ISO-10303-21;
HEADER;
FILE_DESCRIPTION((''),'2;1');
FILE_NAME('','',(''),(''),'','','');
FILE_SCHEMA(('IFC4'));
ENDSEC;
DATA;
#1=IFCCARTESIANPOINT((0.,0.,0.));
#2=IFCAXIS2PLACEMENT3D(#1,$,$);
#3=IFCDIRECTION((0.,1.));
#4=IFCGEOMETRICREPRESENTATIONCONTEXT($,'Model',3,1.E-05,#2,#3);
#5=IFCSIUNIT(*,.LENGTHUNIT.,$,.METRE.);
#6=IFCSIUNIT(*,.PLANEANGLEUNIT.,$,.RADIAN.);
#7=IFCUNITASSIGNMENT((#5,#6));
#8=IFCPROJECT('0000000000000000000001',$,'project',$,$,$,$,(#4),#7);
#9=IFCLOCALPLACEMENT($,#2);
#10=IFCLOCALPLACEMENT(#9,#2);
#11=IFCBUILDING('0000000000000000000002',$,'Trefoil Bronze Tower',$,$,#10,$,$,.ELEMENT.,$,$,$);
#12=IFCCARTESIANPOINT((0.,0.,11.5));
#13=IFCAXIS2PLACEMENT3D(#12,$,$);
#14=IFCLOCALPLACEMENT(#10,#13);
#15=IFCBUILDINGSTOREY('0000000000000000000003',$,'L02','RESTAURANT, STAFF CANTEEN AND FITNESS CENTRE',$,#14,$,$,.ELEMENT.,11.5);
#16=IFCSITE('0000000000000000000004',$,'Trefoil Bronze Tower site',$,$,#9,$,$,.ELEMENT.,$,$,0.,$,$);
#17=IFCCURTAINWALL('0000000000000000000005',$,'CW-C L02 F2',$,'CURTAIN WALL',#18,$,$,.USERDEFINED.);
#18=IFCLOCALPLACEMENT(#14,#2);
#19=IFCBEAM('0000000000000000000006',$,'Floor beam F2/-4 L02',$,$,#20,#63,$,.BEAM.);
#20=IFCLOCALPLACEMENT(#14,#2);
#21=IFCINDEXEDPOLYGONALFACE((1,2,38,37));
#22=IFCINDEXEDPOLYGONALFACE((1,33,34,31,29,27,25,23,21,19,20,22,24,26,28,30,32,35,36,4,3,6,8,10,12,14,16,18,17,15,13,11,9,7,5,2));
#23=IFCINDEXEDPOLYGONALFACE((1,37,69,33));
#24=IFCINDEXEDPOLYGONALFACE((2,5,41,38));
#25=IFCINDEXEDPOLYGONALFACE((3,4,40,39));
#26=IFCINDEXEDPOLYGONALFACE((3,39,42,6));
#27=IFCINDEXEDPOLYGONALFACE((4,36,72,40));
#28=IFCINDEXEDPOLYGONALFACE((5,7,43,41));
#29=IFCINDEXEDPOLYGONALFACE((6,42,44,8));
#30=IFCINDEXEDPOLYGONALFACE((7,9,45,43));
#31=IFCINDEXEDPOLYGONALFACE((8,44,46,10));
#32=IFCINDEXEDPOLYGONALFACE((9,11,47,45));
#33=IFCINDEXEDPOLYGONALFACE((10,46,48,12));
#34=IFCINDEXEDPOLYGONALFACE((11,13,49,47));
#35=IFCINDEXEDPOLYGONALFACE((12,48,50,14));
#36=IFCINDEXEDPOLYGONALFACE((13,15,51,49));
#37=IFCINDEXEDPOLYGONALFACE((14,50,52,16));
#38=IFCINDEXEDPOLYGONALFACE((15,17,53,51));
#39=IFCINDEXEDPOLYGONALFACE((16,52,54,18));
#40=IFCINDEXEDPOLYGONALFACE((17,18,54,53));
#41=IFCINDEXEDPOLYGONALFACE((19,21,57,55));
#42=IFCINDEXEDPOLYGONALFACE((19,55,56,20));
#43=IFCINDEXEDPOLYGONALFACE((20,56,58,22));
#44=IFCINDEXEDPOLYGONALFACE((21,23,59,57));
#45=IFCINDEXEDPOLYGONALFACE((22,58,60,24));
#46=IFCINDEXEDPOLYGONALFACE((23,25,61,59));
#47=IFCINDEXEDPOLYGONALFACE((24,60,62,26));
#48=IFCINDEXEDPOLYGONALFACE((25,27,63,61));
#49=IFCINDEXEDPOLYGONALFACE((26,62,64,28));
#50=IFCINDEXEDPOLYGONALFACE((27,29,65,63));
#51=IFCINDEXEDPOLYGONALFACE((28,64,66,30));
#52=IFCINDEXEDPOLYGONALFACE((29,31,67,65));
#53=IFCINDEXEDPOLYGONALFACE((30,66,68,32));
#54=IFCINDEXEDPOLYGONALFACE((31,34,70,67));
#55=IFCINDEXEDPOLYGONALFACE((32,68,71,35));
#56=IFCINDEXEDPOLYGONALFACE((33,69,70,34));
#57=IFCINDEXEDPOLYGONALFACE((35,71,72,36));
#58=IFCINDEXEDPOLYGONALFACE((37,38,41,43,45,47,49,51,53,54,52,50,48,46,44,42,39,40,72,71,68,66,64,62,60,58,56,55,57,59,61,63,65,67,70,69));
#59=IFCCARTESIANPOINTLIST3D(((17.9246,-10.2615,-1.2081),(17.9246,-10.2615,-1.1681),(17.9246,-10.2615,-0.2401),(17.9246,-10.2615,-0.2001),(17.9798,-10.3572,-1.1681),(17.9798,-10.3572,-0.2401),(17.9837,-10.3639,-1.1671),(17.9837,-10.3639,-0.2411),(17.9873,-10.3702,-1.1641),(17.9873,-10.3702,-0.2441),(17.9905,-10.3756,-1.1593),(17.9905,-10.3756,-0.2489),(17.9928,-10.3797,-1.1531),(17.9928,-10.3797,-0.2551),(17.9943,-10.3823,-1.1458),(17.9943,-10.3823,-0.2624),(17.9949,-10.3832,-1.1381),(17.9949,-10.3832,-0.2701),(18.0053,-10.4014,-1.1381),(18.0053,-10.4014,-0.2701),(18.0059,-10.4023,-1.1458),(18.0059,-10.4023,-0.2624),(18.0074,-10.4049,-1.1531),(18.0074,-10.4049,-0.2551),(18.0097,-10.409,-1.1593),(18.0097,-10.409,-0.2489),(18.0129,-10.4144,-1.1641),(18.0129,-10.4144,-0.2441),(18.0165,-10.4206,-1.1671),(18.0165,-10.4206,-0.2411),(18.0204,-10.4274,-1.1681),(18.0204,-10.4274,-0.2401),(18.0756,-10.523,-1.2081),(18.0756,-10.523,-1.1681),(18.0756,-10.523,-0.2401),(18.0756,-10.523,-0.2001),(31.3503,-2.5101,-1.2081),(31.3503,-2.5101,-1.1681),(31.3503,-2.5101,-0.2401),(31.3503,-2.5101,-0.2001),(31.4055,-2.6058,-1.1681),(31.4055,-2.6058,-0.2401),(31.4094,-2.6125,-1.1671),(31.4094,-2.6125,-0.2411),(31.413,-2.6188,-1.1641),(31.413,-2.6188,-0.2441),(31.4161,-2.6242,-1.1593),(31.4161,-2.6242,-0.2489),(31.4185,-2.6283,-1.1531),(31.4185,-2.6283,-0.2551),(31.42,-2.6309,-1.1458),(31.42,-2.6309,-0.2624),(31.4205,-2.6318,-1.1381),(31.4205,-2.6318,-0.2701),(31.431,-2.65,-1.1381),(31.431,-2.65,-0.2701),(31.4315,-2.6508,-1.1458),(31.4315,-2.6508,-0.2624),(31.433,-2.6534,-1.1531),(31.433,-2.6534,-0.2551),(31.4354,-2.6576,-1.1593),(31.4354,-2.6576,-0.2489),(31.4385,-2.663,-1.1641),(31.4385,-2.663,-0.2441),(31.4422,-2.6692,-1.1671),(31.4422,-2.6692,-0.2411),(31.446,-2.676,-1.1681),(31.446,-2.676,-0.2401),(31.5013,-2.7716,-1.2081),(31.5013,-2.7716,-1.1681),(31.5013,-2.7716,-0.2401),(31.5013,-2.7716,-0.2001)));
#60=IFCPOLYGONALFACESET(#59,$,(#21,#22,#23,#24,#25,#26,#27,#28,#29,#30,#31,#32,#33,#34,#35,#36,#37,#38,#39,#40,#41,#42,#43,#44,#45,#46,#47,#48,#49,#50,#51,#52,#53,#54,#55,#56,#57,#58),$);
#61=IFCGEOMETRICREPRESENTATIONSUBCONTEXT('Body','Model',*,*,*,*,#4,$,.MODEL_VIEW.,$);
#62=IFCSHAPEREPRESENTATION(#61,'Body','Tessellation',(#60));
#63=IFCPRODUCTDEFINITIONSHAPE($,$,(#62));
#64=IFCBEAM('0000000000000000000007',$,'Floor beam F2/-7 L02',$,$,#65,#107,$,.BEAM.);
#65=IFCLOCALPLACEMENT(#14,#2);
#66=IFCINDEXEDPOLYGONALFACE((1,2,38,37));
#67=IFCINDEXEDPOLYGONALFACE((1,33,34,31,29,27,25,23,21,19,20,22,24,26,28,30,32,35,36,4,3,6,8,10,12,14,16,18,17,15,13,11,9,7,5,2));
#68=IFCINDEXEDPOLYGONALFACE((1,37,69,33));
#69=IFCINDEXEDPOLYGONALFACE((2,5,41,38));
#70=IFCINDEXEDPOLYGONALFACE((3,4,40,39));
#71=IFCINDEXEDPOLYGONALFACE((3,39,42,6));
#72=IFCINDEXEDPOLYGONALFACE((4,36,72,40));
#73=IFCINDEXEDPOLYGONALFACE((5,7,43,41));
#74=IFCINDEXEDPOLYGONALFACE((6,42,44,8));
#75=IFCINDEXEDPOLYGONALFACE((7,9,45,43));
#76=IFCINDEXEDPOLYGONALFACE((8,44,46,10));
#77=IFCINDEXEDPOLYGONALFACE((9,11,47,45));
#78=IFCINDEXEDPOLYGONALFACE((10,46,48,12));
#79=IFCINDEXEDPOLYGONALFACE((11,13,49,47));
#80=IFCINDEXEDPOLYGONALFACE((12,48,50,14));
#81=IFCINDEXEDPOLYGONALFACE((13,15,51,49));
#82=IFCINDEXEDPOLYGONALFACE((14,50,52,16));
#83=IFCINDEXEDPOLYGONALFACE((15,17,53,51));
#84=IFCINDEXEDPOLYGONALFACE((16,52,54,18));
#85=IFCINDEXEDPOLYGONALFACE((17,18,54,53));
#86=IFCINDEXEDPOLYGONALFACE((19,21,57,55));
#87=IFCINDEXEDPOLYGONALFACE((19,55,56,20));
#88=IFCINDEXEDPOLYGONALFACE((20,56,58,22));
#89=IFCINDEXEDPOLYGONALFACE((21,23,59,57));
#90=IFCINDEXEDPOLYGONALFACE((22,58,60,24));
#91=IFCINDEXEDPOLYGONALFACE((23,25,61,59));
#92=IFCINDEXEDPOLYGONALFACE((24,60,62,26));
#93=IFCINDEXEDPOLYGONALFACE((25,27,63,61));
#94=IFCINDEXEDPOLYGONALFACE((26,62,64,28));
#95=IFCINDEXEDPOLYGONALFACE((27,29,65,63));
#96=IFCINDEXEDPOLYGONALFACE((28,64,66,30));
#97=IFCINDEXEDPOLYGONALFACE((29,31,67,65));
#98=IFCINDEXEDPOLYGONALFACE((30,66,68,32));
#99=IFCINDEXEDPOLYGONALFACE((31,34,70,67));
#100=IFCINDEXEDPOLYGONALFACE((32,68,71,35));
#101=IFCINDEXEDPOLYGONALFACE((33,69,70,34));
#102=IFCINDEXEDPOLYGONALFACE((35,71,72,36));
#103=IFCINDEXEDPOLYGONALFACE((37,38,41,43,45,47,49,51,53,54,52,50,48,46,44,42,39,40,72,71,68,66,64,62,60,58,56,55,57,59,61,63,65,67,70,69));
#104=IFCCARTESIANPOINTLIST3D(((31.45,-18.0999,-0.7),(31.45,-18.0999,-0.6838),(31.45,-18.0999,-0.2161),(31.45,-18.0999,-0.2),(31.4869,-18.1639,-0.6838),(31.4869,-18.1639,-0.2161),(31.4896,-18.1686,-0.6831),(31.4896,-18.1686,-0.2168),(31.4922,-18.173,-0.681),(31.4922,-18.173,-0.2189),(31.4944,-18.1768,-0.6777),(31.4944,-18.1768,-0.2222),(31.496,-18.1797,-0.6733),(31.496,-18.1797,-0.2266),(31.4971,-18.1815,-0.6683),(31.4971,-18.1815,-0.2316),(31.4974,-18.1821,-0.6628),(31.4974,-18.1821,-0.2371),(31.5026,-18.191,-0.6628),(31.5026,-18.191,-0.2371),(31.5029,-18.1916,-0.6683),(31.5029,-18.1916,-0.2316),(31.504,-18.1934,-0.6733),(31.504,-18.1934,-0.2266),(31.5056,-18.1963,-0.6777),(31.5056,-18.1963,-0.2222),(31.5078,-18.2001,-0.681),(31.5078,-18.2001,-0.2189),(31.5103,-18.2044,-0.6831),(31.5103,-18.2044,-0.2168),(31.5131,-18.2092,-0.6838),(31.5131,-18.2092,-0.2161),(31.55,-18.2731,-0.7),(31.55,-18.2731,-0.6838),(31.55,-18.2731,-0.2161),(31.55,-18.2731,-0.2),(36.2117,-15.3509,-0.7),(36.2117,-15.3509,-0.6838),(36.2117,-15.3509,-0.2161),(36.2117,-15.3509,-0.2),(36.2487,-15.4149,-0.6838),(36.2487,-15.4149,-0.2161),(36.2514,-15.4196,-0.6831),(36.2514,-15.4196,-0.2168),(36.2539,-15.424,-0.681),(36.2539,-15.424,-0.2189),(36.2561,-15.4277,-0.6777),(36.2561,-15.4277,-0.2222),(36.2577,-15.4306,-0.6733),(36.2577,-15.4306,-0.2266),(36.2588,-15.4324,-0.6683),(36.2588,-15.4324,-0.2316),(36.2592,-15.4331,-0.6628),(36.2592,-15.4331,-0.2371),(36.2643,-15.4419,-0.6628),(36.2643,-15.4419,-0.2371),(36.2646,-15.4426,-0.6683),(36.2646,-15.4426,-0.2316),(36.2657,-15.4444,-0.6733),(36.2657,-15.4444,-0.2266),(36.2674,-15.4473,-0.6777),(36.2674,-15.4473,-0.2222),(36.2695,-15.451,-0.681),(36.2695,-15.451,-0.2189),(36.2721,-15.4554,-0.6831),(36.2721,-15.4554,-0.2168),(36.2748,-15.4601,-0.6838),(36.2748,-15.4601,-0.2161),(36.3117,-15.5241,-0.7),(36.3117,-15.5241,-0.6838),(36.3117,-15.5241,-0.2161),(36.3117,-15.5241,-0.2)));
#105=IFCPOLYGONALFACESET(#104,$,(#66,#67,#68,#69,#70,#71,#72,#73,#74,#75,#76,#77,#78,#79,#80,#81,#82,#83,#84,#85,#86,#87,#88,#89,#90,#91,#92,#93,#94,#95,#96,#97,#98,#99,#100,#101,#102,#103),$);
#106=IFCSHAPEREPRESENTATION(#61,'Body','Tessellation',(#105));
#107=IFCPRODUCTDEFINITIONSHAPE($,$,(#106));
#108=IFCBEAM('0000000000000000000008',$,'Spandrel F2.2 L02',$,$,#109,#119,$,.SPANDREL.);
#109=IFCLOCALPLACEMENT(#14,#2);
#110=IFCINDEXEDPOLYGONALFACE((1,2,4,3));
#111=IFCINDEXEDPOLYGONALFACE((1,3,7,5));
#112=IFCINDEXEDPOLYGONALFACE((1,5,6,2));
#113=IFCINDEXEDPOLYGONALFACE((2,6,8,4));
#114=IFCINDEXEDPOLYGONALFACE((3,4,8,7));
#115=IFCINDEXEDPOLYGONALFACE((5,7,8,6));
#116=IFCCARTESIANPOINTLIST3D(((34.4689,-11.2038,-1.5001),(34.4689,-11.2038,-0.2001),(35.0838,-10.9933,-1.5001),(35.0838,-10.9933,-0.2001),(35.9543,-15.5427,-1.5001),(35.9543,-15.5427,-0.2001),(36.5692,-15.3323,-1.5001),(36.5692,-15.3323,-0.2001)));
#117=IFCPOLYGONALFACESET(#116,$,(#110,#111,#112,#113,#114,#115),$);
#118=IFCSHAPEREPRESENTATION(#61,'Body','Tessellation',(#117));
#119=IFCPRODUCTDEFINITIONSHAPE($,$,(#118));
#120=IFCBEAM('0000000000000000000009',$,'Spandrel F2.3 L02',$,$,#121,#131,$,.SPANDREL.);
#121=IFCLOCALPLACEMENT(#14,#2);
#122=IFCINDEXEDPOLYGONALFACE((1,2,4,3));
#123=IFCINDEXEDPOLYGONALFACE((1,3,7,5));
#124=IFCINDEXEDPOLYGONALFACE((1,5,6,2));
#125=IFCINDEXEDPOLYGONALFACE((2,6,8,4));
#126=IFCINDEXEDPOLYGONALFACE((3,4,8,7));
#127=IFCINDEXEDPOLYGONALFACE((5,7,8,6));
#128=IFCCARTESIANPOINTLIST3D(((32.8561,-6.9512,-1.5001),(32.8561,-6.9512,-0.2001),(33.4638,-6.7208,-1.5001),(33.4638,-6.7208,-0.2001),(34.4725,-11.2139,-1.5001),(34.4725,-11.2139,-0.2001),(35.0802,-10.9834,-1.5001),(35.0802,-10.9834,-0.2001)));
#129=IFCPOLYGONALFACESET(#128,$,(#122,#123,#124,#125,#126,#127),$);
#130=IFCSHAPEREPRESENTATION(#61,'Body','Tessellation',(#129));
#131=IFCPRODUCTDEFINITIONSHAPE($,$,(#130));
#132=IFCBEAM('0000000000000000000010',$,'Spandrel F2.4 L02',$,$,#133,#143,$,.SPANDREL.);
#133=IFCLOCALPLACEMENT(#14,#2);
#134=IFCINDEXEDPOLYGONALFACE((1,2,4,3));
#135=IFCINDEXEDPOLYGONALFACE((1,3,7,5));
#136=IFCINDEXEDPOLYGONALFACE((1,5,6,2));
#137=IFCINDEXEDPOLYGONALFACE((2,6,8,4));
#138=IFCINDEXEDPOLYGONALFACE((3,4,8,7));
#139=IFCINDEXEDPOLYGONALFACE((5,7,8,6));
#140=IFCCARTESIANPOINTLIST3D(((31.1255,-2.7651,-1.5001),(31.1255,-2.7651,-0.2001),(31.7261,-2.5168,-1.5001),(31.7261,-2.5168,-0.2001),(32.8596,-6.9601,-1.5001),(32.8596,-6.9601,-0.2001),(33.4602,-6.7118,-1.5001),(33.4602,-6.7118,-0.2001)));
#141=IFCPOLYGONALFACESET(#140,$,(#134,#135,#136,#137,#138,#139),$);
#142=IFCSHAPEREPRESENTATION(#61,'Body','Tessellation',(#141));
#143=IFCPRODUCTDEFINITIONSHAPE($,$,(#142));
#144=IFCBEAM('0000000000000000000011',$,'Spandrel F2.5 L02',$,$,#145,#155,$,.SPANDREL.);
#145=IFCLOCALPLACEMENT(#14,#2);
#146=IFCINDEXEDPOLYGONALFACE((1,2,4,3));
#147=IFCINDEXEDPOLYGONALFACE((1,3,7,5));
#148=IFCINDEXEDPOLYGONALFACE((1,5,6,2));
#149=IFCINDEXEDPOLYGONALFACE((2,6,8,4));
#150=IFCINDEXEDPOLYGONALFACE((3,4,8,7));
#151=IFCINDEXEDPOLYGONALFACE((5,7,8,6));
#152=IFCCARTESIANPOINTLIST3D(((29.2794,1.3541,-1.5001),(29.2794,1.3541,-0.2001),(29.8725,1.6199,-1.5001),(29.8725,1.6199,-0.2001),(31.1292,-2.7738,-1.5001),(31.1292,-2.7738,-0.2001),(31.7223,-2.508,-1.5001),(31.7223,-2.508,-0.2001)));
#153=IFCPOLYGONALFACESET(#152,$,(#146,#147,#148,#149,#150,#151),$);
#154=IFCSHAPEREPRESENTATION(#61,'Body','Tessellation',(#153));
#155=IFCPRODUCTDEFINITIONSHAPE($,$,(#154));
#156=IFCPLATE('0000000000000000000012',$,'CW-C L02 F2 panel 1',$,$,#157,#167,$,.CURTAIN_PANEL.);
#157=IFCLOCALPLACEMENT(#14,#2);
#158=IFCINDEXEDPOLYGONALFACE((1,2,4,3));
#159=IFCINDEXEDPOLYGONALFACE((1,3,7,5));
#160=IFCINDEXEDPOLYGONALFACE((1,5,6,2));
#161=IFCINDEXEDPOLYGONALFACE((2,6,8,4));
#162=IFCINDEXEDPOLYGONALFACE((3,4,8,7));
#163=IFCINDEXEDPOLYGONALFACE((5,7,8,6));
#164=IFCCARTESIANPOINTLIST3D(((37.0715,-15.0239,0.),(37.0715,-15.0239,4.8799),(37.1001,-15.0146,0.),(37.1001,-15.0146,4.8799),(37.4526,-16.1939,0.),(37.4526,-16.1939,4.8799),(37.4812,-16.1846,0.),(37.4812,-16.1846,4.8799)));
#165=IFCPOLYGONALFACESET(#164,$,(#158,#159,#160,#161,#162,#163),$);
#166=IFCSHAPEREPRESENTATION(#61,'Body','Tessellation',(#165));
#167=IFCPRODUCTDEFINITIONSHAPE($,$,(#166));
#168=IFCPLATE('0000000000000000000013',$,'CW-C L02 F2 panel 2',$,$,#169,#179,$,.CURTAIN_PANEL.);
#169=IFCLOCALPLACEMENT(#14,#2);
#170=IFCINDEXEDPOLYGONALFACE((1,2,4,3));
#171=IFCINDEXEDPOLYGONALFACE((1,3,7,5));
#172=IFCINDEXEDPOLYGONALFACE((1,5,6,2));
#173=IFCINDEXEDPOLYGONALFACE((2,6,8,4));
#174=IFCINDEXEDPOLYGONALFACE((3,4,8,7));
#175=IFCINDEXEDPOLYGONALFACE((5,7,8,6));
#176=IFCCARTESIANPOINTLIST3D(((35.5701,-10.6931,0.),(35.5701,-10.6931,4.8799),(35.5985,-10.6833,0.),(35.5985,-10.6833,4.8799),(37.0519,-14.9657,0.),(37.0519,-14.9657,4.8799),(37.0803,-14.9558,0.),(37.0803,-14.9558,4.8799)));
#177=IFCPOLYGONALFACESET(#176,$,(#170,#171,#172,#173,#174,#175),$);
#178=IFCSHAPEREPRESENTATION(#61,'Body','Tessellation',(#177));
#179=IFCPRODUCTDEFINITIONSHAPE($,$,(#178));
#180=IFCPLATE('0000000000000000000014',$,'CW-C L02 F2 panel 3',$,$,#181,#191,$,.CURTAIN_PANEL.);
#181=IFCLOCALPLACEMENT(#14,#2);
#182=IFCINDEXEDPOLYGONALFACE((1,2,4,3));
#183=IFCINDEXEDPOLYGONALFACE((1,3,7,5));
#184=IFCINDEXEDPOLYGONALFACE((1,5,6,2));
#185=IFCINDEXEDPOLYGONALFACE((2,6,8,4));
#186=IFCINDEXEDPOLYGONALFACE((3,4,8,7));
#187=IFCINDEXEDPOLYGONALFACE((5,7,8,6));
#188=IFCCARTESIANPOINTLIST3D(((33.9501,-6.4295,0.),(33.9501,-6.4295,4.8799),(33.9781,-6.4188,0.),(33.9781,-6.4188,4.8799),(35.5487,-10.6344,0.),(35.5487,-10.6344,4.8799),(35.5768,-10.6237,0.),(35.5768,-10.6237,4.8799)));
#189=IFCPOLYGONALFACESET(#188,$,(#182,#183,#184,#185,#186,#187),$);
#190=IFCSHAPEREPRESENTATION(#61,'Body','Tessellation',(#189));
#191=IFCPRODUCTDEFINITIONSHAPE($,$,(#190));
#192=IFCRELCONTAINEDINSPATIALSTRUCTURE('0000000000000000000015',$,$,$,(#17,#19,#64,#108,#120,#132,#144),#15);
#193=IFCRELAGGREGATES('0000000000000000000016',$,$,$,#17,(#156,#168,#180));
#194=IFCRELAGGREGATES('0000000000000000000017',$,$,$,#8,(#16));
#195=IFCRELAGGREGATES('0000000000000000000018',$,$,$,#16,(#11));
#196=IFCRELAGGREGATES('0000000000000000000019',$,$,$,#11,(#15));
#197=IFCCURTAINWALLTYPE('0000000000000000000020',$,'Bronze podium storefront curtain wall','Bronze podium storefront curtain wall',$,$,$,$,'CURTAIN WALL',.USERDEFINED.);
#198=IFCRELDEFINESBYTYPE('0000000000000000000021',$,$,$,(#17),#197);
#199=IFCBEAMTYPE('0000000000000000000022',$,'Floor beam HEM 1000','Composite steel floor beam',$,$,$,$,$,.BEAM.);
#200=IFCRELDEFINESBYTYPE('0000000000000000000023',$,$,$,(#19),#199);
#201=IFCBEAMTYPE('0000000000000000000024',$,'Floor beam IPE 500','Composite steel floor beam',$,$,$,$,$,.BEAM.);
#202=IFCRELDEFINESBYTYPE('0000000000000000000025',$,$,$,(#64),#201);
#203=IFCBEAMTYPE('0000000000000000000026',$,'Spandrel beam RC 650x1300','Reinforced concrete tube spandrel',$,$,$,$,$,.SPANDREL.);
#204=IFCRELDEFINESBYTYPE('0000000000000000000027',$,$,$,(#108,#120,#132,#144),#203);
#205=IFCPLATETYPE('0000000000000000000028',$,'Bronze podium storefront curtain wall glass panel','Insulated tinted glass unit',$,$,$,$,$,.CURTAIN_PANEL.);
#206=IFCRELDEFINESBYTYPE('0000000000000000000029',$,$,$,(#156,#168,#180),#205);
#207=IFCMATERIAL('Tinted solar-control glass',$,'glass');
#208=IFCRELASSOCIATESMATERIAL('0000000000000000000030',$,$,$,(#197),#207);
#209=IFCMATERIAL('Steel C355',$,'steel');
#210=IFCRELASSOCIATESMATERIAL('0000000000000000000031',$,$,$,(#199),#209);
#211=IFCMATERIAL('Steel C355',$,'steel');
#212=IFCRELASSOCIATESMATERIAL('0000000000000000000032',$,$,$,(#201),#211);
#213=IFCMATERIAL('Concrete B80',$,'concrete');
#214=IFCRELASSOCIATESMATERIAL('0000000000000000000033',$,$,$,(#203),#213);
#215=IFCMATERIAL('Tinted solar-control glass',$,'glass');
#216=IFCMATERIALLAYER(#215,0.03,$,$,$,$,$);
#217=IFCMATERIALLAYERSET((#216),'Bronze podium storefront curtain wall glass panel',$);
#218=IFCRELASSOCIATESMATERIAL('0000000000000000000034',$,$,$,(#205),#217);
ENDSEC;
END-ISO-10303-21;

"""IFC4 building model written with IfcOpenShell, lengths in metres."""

from ifc_helpers import new_model, si_unit, direction, frame, origin, origin_2d, place, context, subcontext, project, spatial, rectangle, i_section, extrude, material, layer, layer_set, material_profile, profile_set, type_object, element, aggregate, save


model = new_model("IFC4")

# Units and contexts
model_context = context("Model", 3, precision=1e-05, world=origin(), true_north=direction((0.0, 1.0)))
body_context = subcontext(model_context, "Body", "Model", "MODEL_VIEW")
ifc_project = project(units=[si_unit("LENGTHUNIT", "METRE"), si_unit("PLANEANGLEUNIT", "RADIAN")], contexts=[model_context])

# Site, building, storey
site_placement = place(None, origin())
site = spatial("IfcSite", under=ifc_project, at=site_placement, Name="Trefoil Bronze Tower site", CompositionType="ELEMENT", RefElevation=0.0)
building_placement = place(site_placement, origin())
building = spatial("IfcBuilding", under=site, at=building_placement, Name="Trefoil Bronze Tower", CompositionType="ELEMENT")
storey_placement = place(building_placement, frame((0.0, 0.0, 11.5)))
storey = spatial("IfcBuildingStorey", under=building, at=storey_placement, Name="L02", Description="RESTAURANT, STAFF CANTEEN AND FITNESS CENTRE", CompositionType="ELEMENT", Elevation=11.5)

# Curtain wall
ifc_material_1 = material(Name="Tinted solar-control glass", Category="glass")
curtain_wall_type_1 = type_object("IfcCurtainWallType", Name="Bronze podium storefront curtain wall", Description="Bronze podium storefront curtain wall", ElementType="CURTAIN WALL", PredefinedType="USERDEFINED", material=ifc_material_1)
curtain_wall_1_placement = place(storey_placement, origin())
curtain_wall_1 = element("IfcCurtainWall", 1, at=curtain_wall_1_placement, inside=storey, type_object=curtain_wall_type_1, Name="CW-C L02 F2", ObjectType="CURTAIN WALL", PredefinedType="USERDEFINED")

# Beams
ifc_material_2 = material(Name="Steel C355", Category="steel")
ifc_material_profile_1 = material_profile(ifc_material_2, i_section(OverallWidth=0.302, OverallDepth=1.0081, WebThickness=0.021, FlangeThickness=0.04, FilletRadius=0.03, at=origin_2d()), Name="HEM 1000")
ifc_profile_set_1 = profile_set([ifc_material_profile_1], Name="Steel C355")
beam_type_1 = type_object("IfcBeamType", Name="Floor beam HEM 1000", Description="Composite steel floor beam", PredefinedType="BEAM", material=ifc_profile_set_1)
beam_1_placement = place(storey_placement, frame((31.4258, -2.6409, -0.7041), z_axis=(-0.866023, -0.500004, 0.0), x_axis=(0.500004, -0.866023, 0.0)))
element("IfcBeam", 2, at=beam_1_placement, inside=storey, type_object=beam_type_1, Name="Floor beam F2/-4 L02", PredefinedType="BEAM", context=body_context, shape_type="SweptSolid", body=[
    extrude(i_section(OverallWidth=0.302, OverallDepth=1.0081, WebThickness=0.021, FlangeThickness=0.04, FilletRadius=0.03, at=origin_2d()), origin(), (0.0, 0.0, 1.0), 15.5027),
])
ifc_material_3 = material(Name="Steel C355", Category="steel")
ifc_material_profile_2 = material_profile(ifc_material_3, i_section(OverallWidth=0.2, OverallDepth=0.5, WebThickness=0.0103, FlangeThickness=0.0161, FilletRadius=0.021, at=origin_2d()), Name="IPE 500")
ifc_profile_set_2 = profile_set([ifc_material_profile_2], Name="Steel C355")
beam_type_2 = type_object("IfcBeamType", Name="Floor beam IPE 500", Description="Composite steel floor beam", PredefinedType="BEAM", material=ifc_profile_set_2)
beam_2_placement = place(storey_placement, frame((36.2617, -15.4375, -0.45), z_axis=(-0.866038, -0.499979, 0.0), x_axis=(0.499979, -0.866038, 0.0)))
element("IfcBeam", 3, at=beam_2_placement, inside=storey, type_object=beam_type_2, Name="Floor beam F2/-7 L02", PredefinedType="BEAM", context=body_context, shape_type="SweptSolid", body=[
    extrude(i_section(OverallWidth=0.2, OverallDepth=0.5, WebThickness=0.0103, FlangeThickness=0.0161, FilletRadius=0.021, at=origin_2d()), origin(), (0.0, 0.0, 1.0), 5.4983),
])
ifc_material_4 = material(Name="Concrete B80", Category="concrete")
ifc_material_profile_3 = material_profile(ifc_material_4, rectangle(XDim=0.6499, YDim=1.3, at=origin_2d()), Name="RC 650x1300")
ifc_profile_set_3 = profile_set([ifc_material_profile_3], Name="Concrete B80")
beam_type_3 = type_object("IfcBeamType", Name="Spandrel beam RC 650x1300", Description="Reinforced concrete tube spandrel", PredefinedType="SPANDREL", material=ifc_profile_set_3)
beam_3_placement = place(storey_placement, frame((36.2617, -15.4375, -0.8501), z_axis=(-0.323883, 0.946097, 0.0), x_axis=(-0.946097, -0.323883, 0.0)))
element("IfcBeam", 4, at=beam_3_placement, inside=storey, type_object=beam_type_3, Name="Spandrel F2.2 L02", PredefinedType="SPANDREL", context=body_context, shape_type="SweptSolid", body=[
    extrude(rectangle(XDim=0.6499, YDim=1.3, at=origin_2d()), origin(), (0.0, 0.0, 1.0), 4.5862),
])
beam_4_placement = place(storey_placement, frame((34.7764, -11.0986, -0.8501), z_axis=(-0.354572, 0.935029, 0.0), x_axis=(-0.935029, -0.354572, 0.0)))
element("IfcBeam", 5, at=beam_4_placement, inside=storey, type_object=beam_type_3, Name="Spandrel F2.3 L02", PredefinedType="SPANDREL", context=body_context, shape_type="SweptSolid", body=[
    extrude(rectangle(XDim=0.6499, YDim=1.3, at=origin_2d()), origin(), (0.0, 0.0, 1.0), 4.5588),
])
beam_5_placement = place(storey_placement, frame((33.1599, -6.8359, -0.8501), z_axis=(-0.382021, 0.924154, 0.0), x_axis=(-0.924154, -0.382021, 0.0)))
element("IfcBeam", 6, at=beam_5_placement, inside=storey, type_object=beam_type_3, Name="Spandrel F2.4 L02", PredefinedType="SPANDREL", context=body_context, shape_type="SweptSolid", body=[
    extrude(rectangle(XDim=0.6499, YDim=1.3, at=origin_2d()), origin(), (0.0, 0.0, 1.0), 4.5393),
])
beam_6_placement = place(storey_placement, frame((31.4258, -2.6409, -0.8501), z_axis=(-0.408946, 0.912559, 0.0), x_axis=(-0.912559, -0.408946, 0.0)))
element("IfcBeam", 7, at=beam_6_placement, inside=storey, type_object=beam_type_3, Name="Spandrel F2.5 L02", PredefinedType="SPANDREL", context=body_context, shape_type="SweptSolid", body=[
    extrude(rectangle(XDim=0.6499, YDim=1.3, at=origin_2d()), origin(), (0.0, 0.0, 1.0), 4.5234),
])

# Plates
ifc_material_5 = material(Name="Tinted solar-control glass", Category="glass")
ifc_layer_1 = layer(ifc_material_5, 0.03)
ifc_layer_set_1 = layer_set([ifc_layer_1], Name="Bronze podium storefront curtain wall glass panel")
plate_type_1 = type_object("IfcPlateType", Name="Bronze podium storefront curtain wall glass panel", Description="Insulated tinted glass unit", PredefinedType="CURTAIN_PANEL", material=ifc_layer_set_1)
plate_1_placement = place(storey_placement, frame((37.2764, -15.6042, 0.0), z_axis=(0.0, 0.0, 1.0), x_axis=(-0.309728, 0.950825, 0.0)))
plate_1 = element("IfcPlate", 8, at=plate_1_placement, type_object=plate_type_1, Name="CW-C L02 F2 panel 1", PredefinedType="CURTAIN_PANEL", context=body_context, shape_type="SweptSolid", body=[
    extrude(rectangle(XDim=1.2305, YDim=0.03, at=origin_2d()), origin(), (0.0, 0.0, 1.0), 4.8799),
])
plate_2_placement = place(storey_placement, frame((36.3252, -12.8245, 0.0), z_axis=(0.0, 0.0, 1.0), x_axis=(-0.327674, 0.944791, 0.0)))
plate_2 = element("IfcPlate", 9, at=plate_2_placement, type_object=plate_type_1, Name="CW-C L02 F2 panel 2", PredefinedType="CURTAIN_PANEL", context=body_context, shape_type="SweptSolid", body=[
    extrude(rectangle(XDim=4.5222, YDim=0.03, at=origin_2d()), origin(), (0.0, 0.0, 1.0), 4.8799),
])
plate_3_placement = place(storey_placement, frame((34.7634, -8.5266, 0.0), z_axis=(0.0, 0.0, 1.0), x_axis=(-0.355371, 0.934725, 0.0)))
plate_3 = element("IfcPlate", 10, at=plate_3_placement, type_object=plate_type_1, Name="CW-C L02 F2 panel 3", PredefinedType="CURTAIN_PANEL", context=body_context, shape_type="SweptSolid", body=[
    extrude(rectangle(XDim=4.4985, YDim=0.03, at=origin_2d()), origin(), (0.0, 0.0, 1.0), 4.8799),
])
aggregate(curtain_wall_1, [plate_1, plate_2, plate_3])

save(model, "model.ifc")
